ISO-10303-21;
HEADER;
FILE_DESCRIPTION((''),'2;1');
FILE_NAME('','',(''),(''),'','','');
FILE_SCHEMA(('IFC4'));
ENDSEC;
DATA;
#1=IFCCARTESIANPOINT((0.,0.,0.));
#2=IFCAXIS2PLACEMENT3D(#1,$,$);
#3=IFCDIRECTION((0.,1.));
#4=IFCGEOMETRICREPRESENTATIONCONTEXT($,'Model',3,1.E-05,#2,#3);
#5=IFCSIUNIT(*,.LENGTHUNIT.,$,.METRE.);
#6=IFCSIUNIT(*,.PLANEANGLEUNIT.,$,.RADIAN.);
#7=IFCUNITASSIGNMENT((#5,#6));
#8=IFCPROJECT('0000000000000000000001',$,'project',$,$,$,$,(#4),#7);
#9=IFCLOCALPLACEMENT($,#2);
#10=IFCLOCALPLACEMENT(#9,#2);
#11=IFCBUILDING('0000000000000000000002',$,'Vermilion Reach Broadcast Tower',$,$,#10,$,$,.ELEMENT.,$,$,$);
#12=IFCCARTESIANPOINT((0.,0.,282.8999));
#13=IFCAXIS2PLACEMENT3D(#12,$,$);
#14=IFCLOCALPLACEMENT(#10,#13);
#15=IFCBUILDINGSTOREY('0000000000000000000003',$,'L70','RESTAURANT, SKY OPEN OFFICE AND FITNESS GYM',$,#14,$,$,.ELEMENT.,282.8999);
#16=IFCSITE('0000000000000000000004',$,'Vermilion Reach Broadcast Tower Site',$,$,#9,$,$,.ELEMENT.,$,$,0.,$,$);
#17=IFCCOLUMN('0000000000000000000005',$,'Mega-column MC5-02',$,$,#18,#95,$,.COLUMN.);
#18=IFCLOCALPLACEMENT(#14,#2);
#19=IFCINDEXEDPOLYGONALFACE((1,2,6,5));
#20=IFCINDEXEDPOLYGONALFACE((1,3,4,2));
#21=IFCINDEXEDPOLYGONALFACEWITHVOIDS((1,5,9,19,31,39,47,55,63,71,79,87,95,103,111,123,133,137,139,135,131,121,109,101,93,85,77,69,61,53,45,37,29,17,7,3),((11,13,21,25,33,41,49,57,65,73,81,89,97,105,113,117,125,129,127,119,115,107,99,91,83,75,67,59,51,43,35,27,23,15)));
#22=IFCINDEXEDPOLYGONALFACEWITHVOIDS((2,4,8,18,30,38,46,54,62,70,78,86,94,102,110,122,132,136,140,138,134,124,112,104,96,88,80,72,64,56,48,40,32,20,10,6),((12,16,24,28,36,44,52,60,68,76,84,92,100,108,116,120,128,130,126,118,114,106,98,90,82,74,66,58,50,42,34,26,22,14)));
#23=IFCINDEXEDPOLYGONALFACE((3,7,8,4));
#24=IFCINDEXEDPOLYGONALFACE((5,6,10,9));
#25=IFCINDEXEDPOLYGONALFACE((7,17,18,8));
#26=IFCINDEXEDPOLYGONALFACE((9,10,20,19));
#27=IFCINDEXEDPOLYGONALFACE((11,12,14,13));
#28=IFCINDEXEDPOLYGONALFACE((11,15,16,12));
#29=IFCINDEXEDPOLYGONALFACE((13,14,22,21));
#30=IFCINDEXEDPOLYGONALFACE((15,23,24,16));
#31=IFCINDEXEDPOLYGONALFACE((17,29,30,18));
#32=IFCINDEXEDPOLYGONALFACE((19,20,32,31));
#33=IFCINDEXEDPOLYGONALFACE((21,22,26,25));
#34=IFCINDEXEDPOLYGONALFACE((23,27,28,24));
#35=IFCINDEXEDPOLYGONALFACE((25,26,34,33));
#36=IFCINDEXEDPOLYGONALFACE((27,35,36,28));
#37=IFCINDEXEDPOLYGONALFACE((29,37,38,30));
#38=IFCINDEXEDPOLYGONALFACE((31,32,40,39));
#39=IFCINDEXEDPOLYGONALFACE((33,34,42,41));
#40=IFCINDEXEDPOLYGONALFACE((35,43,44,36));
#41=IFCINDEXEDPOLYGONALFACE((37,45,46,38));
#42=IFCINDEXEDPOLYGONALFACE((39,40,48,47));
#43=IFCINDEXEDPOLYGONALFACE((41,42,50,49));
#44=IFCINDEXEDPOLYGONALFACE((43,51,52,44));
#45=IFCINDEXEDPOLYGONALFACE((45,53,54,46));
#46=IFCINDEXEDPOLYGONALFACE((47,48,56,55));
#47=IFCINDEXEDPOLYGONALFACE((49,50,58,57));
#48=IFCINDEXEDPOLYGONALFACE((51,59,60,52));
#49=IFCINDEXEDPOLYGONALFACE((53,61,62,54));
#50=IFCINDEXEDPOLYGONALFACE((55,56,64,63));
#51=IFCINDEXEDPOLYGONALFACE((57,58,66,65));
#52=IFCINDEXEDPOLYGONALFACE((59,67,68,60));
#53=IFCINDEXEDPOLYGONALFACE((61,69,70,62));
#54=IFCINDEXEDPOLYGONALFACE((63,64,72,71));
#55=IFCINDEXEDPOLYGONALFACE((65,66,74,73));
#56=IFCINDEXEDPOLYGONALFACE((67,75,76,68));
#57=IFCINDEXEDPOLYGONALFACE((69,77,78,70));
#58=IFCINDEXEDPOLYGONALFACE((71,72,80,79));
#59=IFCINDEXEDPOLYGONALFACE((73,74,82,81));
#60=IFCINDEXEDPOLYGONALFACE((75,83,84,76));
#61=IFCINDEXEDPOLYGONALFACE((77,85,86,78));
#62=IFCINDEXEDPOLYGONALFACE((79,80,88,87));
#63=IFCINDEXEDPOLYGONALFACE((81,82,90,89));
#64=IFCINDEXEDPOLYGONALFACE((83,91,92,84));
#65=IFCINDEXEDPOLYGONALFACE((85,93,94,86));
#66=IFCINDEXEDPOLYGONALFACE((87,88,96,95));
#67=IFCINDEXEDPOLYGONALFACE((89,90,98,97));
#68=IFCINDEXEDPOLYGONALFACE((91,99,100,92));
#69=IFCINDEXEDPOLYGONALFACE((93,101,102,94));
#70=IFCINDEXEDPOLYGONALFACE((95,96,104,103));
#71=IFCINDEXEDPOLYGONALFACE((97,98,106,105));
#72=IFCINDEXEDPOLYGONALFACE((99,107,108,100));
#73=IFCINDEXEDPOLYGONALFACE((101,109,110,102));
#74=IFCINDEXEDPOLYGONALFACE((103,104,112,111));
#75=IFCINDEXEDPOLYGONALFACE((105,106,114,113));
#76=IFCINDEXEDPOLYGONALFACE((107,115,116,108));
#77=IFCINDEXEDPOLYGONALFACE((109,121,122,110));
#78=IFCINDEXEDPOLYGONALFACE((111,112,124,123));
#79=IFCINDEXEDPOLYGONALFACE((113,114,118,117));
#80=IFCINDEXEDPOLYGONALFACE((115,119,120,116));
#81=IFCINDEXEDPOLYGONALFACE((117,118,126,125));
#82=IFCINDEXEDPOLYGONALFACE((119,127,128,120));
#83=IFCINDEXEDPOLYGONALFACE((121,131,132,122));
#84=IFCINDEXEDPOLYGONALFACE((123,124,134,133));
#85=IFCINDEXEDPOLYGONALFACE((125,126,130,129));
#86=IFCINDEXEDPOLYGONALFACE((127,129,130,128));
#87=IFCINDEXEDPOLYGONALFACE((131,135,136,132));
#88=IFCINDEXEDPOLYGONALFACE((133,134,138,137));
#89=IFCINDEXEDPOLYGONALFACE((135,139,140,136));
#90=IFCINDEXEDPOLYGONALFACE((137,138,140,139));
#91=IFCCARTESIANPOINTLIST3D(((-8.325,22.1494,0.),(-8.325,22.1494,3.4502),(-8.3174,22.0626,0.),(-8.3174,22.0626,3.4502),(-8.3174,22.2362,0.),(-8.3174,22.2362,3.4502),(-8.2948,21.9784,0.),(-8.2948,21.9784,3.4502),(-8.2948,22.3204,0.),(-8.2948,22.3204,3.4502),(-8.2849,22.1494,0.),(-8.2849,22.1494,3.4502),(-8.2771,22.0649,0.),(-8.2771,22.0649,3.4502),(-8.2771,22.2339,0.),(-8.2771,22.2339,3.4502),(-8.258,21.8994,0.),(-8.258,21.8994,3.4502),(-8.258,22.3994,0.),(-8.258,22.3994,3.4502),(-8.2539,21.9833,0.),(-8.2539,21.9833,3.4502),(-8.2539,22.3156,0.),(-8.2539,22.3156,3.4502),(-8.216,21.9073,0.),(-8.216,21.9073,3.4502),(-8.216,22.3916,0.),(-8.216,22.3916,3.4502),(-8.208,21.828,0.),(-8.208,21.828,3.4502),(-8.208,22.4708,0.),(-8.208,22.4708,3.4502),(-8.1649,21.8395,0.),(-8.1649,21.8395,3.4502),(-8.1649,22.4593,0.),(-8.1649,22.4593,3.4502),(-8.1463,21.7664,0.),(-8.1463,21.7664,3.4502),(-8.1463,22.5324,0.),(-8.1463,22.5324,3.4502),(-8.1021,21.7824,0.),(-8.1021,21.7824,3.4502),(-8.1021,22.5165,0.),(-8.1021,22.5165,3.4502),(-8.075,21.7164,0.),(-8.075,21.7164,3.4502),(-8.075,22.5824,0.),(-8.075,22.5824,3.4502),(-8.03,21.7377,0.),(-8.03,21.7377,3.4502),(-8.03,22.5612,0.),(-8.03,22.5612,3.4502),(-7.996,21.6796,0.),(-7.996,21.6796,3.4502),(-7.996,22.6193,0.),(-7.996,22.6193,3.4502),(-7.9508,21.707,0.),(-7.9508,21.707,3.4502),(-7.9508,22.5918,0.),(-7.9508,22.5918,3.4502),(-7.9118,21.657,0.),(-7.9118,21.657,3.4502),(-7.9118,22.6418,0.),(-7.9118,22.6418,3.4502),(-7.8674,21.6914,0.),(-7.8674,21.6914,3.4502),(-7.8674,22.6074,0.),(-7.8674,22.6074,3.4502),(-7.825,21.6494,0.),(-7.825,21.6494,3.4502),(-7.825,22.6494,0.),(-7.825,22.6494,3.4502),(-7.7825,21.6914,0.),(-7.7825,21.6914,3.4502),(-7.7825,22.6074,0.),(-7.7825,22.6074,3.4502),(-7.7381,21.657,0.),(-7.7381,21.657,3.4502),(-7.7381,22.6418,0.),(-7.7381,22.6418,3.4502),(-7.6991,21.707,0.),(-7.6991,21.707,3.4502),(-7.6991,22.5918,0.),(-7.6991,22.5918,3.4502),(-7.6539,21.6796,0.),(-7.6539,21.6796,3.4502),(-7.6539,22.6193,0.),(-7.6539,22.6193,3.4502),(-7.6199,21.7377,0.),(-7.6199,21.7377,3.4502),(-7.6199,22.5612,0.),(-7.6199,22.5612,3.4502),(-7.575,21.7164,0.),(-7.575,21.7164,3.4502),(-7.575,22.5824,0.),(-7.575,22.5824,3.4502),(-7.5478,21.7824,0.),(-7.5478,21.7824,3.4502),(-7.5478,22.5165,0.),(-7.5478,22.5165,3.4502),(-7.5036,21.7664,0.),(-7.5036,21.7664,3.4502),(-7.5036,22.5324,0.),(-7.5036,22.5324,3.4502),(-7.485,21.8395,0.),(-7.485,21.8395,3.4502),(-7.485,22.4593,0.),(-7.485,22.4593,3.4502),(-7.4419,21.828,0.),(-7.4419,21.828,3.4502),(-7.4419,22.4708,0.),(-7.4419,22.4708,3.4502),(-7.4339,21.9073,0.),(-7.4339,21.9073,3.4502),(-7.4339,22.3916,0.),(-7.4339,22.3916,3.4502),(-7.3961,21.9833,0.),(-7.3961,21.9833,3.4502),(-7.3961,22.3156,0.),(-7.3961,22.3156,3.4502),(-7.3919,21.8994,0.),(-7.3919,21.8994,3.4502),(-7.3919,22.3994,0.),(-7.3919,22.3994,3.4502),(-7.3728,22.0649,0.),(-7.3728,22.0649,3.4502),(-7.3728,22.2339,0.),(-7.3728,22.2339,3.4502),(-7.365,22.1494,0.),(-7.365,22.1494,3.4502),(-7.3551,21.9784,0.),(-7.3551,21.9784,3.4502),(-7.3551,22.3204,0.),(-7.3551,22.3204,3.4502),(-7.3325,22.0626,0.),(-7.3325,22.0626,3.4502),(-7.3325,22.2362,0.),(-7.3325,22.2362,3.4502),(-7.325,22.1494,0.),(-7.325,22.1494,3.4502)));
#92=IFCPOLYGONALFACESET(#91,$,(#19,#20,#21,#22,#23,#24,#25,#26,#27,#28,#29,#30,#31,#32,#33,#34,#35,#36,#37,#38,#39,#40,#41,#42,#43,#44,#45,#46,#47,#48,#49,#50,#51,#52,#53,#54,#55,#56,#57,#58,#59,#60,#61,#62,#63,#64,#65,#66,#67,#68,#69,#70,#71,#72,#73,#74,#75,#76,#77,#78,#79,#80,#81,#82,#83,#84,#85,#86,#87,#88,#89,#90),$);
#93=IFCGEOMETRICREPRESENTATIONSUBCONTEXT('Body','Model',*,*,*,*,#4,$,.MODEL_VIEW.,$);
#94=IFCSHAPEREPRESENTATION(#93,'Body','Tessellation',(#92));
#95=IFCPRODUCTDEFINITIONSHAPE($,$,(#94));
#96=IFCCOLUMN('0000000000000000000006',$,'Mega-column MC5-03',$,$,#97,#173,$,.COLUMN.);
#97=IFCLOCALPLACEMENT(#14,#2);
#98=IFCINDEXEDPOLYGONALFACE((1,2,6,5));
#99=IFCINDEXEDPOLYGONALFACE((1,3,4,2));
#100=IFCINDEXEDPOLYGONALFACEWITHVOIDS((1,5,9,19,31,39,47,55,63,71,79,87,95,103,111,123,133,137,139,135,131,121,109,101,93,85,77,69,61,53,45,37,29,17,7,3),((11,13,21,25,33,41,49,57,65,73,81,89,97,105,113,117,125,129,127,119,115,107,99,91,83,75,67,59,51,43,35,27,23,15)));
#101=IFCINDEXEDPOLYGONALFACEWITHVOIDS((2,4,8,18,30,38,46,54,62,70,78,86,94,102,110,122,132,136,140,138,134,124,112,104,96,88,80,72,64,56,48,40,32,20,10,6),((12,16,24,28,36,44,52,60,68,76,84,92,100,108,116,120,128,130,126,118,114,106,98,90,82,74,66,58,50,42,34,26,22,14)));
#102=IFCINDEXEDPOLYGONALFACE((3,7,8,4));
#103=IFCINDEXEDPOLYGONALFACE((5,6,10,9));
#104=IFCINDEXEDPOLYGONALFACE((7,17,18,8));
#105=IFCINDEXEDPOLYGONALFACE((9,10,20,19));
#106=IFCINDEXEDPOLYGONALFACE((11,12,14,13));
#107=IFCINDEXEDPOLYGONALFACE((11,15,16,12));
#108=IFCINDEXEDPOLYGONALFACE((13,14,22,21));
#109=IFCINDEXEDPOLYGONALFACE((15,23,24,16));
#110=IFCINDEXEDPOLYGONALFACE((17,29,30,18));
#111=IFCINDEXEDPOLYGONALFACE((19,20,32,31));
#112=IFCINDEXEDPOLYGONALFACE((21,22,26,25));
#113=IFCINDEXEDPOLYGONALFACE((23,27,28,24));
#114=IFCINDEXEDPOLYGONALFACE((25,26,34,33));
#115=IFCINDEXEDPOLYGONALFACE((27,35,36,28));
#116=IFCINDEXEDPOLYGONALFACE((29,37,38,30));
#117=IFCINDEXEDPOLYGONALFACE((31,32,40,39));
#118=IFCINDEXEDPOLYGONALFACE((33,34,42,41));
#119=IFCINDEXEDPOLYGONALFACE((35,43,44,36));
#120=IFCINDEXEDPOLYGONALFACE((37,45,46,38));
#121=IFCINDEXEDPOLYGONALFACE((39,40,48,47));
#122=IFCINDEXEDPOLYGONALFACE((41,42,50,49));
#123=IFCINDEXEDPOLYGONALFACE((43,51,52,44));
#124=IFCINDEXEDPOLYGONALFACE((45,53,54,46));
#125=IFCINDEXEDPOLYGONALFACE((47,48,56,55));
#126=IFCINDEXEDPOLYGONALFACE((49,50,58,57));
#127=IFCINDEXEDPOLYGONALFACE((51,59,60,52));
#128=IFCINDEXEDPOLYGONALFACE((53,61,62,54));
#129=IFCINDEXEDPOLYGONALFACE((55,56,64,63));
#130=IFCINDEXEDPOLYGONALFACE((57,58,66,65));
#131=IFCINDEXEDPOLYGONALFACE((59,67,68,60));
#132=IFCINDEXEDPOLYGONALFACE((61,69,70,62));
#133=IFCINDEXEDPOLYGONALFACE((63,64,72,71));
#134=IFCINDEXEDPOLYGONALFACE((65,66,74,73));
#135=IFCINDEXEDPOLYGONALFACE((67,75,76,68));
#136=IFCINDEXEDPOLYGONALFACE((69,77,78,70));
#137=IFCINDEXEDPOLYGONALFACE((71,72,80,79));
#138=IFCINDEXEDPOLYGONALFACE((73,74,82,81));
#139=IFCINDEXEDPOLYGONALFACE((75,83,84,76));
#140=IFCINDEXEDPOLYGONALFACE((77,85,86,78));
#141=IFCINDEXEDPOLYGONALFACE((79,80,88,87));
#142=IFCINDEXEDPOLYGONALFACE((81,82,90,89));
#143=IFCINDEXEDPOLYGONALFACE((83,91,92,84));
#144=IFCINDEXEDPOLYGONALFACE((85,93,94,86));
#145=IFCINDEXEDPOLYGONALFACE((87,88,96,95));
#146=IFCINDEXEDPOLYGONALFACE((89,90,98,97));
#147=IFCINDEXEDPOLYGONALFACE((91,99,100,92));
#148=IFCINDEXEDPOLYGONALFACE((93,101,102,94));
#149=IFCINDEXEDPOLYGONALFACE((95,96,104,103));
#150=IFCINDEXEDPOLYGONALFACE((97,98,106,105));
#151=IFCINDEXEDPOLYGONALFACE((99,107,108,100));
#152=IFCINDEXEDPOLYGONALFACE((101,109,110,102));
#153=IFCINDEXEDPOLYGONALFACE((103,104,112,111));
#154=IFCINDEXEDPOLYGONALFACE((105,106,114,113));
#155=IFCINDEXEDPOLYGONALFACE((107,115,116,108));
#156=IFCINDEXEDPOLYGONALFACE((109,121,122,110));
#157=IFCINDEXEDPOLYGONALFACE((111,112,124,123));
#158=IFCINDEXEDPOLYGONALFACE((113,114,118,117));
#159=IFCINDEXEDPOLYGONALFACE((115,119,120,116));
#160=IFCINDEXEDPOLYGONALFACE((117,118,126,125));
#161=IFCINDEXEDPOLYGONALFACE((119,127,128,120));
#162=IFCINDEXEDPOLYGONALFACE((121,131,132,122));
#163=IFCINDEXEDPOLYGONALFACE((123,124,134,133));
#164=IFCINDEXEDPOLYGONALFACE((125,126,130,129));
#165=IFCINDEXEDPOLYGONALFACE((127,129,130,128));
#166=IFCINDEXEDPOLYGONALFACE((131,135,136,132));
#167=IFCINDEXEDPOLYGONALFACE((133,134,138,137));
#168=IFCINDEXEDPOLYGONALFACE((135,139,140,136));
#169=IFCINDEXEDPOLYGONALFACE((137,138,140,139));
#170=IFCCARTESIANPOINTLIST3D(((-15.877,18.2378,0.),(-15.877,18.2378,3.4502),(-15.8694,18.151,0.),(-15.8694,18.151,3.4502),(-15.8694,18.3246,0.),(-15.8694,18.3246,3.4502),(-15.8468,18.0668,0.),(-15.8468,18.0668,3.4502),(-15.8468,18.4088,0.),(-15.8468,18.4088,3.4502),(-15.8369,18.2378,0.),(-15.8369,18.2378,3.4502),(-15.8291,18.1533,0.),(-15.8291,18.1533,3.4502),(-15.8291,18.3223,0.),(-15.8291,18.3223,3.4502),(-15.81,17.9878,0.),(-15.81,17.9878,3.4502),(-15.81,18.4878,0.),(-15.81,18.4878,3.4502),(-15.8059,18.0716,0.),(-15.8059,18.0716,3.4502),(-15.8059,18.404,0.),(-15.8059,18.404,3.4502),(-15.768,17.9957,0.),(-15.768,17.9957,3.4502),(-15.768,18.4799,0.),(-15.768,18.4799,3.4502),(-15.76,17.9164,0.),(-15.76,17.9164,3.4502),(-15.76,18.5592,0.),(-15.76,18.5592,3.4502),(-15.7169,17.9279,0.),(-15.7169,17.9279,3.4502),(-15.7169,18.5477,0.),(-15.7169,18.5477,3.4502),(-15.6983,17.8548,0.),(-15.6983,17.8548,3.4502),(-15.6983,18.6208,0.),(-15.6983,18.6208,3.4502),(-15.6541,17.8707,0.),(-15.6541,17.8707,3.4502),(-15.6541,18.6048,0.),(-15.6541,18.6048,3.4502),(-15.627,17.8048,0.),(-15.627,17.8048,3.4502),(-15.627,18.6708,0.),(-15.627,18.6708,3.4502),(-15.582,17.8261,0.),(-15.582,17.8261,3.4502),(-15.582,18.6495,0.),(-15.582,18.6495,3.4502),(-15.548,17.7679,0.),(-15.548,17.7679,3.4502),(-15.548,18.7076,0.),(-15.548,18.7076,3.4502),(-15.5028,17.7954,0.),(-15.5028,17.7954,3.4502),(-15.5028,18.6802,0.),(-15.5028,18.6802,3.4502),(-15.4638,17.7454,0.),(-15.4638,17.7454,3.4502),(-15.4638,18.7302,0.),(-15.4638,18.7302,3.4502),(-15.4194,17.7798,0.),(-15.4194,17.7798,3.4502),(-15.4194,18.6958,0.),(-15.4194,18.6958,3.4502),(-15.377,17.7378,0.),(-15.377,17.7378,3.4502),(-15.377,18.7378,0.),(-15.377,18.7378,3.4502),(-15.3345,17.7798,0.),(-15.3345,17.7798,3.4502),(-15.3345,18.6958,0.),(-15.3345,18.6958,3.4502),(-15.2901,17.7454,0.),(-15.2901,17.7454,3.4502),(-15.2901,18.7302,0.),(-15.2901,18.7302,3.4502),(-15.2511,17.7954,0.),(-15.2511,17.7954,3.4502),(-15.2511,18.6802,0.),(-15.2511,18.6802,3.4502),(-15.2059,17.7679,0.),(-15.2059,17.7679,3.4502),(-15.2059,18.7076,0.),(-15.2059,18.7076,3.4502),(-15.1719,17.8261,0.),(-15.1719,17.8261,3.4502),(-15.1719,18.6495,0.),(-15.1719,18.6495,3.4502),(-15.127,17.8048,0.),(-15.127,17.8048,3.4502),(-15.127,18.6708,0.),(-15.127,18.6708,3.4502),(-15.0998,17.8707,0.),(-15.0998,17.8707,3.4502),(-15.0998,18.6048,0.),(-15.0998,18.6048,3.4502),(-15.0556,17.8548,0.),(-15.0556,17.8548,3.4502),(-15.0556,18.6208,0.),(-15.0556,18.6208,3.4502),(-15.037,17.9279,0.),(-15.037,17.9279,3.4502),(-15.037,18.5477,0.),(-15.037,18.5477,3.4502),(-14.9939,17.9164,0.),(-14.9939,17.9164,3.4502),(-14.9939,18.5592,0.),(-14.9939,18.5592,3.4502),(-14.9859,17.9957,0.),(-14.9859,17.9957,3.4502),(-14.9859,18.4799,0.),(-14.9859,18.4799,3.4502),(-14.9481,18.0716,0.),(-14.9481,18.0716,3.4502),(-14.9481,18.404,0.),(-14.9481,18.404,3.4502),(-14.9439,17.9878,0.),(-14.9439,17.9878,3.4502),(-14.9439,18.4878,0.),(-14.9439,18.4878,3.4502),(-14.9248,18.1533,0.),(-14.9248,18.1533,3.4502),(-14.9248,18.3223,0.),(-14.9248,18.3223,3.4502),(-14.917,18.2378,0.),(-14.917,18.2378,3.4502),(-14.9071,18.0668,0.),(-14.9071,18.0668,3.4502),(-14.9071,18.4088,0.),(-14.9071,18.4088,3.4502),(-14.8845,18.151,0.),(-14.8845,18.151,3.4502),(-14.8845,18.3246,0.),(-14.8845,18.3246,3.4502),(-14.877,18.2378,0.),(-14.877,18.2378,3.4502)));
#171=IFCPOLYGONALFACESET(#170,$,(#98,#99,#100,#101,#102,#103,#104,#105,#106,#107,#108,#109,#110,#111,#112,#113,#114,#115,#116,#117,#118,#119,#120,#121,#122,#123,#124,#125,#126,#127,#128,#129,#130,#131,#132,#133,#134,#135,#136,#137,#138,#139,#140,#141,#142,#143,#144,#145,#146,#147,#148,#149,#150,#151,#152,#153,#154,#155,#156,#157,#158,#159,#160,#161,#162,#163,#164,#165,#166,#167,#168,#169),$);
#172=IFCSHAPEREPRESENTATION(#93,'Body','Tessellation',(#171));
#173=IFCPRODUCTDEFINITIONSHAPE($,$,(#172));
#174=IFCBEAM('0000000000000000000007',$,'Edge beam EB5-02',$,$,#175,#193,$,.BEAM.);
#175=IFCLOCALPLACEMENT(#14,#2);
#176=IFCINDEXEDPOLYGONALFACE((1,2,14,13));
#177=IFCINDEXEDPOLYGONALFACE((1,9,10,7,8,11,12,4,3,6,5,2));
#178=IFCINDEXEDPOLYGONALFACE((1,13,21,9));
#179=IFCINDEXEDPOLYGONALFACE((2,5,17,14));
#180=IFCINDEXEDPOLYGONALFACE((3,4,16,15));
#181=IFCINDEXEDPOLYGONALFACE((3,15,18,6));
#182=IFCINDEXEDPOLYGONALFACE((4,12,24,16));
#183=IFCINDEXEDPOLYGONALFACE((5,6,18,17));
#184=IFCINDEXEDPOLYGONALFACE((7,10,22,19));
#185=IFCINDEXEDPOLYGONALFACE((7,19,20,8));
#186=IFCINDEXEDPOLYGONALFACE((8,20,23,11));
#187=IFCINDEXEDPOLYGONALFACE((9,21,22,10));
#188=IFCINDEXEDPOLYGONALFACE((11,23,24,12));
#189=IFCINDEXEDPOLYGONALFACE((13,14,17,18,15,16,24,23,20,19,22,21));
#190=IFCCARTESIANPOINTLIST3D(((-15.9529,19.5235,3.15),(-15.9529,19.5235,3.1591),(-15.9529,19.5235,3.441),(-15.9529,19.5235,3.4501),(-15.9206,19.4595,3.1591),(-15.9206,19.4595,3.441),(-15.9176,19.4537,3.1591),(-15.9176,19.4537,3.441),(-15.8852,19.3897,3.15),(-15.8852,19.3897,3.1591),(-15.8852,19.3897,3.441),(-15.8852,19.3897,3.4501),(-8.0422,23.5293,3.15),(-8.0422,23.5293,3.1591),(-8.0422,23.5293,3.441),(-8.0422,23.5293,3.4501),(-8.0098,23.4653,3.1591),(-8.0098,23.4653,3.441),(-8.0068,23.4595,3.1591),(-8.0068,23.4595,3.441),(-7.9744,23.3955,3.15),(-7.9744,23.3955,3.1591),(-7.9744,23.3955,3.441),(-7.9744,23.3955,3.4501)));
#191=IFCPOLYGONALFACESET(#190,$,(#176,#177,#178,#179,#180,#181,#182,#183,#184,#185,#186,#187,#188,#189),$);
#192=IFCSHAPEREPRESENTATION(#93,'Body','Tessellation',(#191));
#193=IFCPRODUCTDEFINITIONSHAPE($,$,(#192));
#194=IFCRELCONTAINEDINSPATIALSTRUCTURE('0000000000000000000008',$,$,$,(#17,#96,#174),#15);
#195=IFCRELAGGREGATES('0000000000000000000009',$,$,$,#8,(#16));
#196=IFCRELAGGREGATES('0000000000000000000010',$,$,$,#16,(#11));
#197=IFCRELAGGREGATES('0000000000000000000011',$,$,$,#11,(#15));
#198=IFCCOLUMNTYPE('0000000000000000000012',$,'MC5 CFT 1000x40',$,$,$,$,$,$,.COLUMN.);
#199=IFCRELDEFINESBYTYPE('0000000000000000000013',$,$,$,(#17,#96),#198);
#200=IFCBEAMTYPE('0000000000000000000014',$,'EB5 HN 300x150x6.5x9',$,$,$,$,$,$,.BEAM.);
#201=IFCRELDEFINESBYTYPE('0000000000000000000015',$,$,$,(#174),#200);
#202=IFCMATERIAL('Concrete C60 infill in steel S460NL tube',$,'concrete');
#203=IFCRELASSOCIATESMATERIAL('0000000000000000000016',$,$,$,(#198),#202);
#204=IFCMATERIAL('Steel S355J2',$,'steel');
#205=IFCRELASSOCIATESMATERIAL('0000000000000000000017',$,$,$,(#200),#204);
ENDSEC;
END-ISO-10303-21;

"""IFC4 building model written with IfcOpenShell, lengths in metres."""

from ifc_helpers import new_model, si_unit, direction, frame, origin, origin_2d, place, context, subcontext, project, spatial, hollow_circle, i_section, extrude, material, material_profile, profile_set, type_object, element, save


model = new_model("IFC4")

# Units and contexts
model_context = context("Model", 3, precision=1e-05, world=origin(), true_north=direction((0.0, 1.0)))
body_context = subcontext(model_context, "Body", "Model", "MODEL_VIEW")
ifc_project = project(units=[si_unit("LENGTHUNIT", "METRE"), si_unit("PLANEANGLEUNIT", "RADIAN")], contexts=[model_context])

# Site, building, storey
site_placement = place(None, origin())
site = spatial("IfcSite", under=ifc_project, at=site_placement, Name="Vermilion Reach Broadcast Tower Site", CompositionType="ELEMENT", RefElevation=0.0)
building_placement = place(site_placement, origin())
building = spatial("IfcBuilding", under=site, at=building_placement, Name="Vermilion Reach Broadcast Tower", CompositionType="ELEMENT")
storey_placement = place(building_placement, frame((0.0, 0.0, 282.8999)))
storey = spatial("IfcBuildingStorey", under=building, at=storey_placement, Name="L70", Description="RESTAURANT, SKY OPEN OFFICE AND FITNESS GYM", CompositionType="ELEMENT", Elevation=282.8999)

# Columns
ifc_material_1 = material(Name="Concrete C60 infill in steel S460NL tube", Category="concrete")
ifc_material_profile_1 = material_profile(ifc_material_1, hollow_circle(Radius=0.5, WallThickness=0.04, at=origin_2d()), Name="Concrete C60 infill in steel S460NL tube CFT 1000x40")
ifc_profile_set_1 = profile_set([ifc_material_profile_1], Name="Concrete C60 infill in steel S460NL tube")
column_type = type_object("IfcColumnType", Name="MC5 CFT 1000x40", PredefinedType="COLUMN", material=ifc_profile_set_1)
for number, where, z_axis, x_axis, name in (
    (1, (-7.825, 22.1494, 0.0), (0.0, 0.0, 1.0), (1.0, 0.0, 0.0), "Mega-column MC5-02"),
    (2, (-15.377, 18.2378, 0.0), (0.0, 0.0, 1.0), (1.0, 0.0, 0.0), "Mega-column MC5-03"),
):
    element("IfcColumn", number, at=place(storey_placement, frame(where, z_axis=z_axis, x_axis=x_axis)), inside=storey, type_object=column_type, Name=name, PredefinedType="COLUMN", context=body_context, shape_type="SweptSolid", body=[
        extrude(hollow_circle(Radius=0.5, WallThickness=0.04, at=origin_2d()), origin(), (0.0, 0.0, 1.0), 3.4502),
    ])

# Beam
ifc_material_2 = material(Name="Steel S355J2", Category="steel")
ifc_material_profile_2 = material_profile(ifc_material_2, i_section(OverallWidth=0.1499, OverallDepth=0.3, WebThickness=0.0066, FlangeThickness=0.009, at=origin_2d()), Name="S355J2 HN 300x150x6.5x9")
ifc_profile_set_2 = profile_set([ifc_material_profile_2], Name="Steel S355J2")
beam_type_1 = type_object("IfcBeamType", Name="EB5 HN 300x150x6.5x9", PredefinedType="BEAM", material=ifc_profile_set_2)
beam_1_placement = place(storey_placement, frame((-8.0083, 23.4624, 3.3), z_axis=(-0.892141, -0.451756, 0.0), x_axis=(0.451756, -0.892141, 0.0)))
element("IfcBeam", 3, at=beam_1_placement, inside=storey, type_object=beam_type_1, Name="Edge beam EB5-02", PredefinedType="BEAM", context=body_context, shape_type="SweptSolid", body=[
    extrude(i_section(OverallWidth=0.1499, OverallDepth=0.3, WebThickness=0.0066, FlangeThickness=0.009, at=origin_2d()), origin(), (0.0, 0.0, 1.0), 8.8672),
])

save(model, "model.ifc")
